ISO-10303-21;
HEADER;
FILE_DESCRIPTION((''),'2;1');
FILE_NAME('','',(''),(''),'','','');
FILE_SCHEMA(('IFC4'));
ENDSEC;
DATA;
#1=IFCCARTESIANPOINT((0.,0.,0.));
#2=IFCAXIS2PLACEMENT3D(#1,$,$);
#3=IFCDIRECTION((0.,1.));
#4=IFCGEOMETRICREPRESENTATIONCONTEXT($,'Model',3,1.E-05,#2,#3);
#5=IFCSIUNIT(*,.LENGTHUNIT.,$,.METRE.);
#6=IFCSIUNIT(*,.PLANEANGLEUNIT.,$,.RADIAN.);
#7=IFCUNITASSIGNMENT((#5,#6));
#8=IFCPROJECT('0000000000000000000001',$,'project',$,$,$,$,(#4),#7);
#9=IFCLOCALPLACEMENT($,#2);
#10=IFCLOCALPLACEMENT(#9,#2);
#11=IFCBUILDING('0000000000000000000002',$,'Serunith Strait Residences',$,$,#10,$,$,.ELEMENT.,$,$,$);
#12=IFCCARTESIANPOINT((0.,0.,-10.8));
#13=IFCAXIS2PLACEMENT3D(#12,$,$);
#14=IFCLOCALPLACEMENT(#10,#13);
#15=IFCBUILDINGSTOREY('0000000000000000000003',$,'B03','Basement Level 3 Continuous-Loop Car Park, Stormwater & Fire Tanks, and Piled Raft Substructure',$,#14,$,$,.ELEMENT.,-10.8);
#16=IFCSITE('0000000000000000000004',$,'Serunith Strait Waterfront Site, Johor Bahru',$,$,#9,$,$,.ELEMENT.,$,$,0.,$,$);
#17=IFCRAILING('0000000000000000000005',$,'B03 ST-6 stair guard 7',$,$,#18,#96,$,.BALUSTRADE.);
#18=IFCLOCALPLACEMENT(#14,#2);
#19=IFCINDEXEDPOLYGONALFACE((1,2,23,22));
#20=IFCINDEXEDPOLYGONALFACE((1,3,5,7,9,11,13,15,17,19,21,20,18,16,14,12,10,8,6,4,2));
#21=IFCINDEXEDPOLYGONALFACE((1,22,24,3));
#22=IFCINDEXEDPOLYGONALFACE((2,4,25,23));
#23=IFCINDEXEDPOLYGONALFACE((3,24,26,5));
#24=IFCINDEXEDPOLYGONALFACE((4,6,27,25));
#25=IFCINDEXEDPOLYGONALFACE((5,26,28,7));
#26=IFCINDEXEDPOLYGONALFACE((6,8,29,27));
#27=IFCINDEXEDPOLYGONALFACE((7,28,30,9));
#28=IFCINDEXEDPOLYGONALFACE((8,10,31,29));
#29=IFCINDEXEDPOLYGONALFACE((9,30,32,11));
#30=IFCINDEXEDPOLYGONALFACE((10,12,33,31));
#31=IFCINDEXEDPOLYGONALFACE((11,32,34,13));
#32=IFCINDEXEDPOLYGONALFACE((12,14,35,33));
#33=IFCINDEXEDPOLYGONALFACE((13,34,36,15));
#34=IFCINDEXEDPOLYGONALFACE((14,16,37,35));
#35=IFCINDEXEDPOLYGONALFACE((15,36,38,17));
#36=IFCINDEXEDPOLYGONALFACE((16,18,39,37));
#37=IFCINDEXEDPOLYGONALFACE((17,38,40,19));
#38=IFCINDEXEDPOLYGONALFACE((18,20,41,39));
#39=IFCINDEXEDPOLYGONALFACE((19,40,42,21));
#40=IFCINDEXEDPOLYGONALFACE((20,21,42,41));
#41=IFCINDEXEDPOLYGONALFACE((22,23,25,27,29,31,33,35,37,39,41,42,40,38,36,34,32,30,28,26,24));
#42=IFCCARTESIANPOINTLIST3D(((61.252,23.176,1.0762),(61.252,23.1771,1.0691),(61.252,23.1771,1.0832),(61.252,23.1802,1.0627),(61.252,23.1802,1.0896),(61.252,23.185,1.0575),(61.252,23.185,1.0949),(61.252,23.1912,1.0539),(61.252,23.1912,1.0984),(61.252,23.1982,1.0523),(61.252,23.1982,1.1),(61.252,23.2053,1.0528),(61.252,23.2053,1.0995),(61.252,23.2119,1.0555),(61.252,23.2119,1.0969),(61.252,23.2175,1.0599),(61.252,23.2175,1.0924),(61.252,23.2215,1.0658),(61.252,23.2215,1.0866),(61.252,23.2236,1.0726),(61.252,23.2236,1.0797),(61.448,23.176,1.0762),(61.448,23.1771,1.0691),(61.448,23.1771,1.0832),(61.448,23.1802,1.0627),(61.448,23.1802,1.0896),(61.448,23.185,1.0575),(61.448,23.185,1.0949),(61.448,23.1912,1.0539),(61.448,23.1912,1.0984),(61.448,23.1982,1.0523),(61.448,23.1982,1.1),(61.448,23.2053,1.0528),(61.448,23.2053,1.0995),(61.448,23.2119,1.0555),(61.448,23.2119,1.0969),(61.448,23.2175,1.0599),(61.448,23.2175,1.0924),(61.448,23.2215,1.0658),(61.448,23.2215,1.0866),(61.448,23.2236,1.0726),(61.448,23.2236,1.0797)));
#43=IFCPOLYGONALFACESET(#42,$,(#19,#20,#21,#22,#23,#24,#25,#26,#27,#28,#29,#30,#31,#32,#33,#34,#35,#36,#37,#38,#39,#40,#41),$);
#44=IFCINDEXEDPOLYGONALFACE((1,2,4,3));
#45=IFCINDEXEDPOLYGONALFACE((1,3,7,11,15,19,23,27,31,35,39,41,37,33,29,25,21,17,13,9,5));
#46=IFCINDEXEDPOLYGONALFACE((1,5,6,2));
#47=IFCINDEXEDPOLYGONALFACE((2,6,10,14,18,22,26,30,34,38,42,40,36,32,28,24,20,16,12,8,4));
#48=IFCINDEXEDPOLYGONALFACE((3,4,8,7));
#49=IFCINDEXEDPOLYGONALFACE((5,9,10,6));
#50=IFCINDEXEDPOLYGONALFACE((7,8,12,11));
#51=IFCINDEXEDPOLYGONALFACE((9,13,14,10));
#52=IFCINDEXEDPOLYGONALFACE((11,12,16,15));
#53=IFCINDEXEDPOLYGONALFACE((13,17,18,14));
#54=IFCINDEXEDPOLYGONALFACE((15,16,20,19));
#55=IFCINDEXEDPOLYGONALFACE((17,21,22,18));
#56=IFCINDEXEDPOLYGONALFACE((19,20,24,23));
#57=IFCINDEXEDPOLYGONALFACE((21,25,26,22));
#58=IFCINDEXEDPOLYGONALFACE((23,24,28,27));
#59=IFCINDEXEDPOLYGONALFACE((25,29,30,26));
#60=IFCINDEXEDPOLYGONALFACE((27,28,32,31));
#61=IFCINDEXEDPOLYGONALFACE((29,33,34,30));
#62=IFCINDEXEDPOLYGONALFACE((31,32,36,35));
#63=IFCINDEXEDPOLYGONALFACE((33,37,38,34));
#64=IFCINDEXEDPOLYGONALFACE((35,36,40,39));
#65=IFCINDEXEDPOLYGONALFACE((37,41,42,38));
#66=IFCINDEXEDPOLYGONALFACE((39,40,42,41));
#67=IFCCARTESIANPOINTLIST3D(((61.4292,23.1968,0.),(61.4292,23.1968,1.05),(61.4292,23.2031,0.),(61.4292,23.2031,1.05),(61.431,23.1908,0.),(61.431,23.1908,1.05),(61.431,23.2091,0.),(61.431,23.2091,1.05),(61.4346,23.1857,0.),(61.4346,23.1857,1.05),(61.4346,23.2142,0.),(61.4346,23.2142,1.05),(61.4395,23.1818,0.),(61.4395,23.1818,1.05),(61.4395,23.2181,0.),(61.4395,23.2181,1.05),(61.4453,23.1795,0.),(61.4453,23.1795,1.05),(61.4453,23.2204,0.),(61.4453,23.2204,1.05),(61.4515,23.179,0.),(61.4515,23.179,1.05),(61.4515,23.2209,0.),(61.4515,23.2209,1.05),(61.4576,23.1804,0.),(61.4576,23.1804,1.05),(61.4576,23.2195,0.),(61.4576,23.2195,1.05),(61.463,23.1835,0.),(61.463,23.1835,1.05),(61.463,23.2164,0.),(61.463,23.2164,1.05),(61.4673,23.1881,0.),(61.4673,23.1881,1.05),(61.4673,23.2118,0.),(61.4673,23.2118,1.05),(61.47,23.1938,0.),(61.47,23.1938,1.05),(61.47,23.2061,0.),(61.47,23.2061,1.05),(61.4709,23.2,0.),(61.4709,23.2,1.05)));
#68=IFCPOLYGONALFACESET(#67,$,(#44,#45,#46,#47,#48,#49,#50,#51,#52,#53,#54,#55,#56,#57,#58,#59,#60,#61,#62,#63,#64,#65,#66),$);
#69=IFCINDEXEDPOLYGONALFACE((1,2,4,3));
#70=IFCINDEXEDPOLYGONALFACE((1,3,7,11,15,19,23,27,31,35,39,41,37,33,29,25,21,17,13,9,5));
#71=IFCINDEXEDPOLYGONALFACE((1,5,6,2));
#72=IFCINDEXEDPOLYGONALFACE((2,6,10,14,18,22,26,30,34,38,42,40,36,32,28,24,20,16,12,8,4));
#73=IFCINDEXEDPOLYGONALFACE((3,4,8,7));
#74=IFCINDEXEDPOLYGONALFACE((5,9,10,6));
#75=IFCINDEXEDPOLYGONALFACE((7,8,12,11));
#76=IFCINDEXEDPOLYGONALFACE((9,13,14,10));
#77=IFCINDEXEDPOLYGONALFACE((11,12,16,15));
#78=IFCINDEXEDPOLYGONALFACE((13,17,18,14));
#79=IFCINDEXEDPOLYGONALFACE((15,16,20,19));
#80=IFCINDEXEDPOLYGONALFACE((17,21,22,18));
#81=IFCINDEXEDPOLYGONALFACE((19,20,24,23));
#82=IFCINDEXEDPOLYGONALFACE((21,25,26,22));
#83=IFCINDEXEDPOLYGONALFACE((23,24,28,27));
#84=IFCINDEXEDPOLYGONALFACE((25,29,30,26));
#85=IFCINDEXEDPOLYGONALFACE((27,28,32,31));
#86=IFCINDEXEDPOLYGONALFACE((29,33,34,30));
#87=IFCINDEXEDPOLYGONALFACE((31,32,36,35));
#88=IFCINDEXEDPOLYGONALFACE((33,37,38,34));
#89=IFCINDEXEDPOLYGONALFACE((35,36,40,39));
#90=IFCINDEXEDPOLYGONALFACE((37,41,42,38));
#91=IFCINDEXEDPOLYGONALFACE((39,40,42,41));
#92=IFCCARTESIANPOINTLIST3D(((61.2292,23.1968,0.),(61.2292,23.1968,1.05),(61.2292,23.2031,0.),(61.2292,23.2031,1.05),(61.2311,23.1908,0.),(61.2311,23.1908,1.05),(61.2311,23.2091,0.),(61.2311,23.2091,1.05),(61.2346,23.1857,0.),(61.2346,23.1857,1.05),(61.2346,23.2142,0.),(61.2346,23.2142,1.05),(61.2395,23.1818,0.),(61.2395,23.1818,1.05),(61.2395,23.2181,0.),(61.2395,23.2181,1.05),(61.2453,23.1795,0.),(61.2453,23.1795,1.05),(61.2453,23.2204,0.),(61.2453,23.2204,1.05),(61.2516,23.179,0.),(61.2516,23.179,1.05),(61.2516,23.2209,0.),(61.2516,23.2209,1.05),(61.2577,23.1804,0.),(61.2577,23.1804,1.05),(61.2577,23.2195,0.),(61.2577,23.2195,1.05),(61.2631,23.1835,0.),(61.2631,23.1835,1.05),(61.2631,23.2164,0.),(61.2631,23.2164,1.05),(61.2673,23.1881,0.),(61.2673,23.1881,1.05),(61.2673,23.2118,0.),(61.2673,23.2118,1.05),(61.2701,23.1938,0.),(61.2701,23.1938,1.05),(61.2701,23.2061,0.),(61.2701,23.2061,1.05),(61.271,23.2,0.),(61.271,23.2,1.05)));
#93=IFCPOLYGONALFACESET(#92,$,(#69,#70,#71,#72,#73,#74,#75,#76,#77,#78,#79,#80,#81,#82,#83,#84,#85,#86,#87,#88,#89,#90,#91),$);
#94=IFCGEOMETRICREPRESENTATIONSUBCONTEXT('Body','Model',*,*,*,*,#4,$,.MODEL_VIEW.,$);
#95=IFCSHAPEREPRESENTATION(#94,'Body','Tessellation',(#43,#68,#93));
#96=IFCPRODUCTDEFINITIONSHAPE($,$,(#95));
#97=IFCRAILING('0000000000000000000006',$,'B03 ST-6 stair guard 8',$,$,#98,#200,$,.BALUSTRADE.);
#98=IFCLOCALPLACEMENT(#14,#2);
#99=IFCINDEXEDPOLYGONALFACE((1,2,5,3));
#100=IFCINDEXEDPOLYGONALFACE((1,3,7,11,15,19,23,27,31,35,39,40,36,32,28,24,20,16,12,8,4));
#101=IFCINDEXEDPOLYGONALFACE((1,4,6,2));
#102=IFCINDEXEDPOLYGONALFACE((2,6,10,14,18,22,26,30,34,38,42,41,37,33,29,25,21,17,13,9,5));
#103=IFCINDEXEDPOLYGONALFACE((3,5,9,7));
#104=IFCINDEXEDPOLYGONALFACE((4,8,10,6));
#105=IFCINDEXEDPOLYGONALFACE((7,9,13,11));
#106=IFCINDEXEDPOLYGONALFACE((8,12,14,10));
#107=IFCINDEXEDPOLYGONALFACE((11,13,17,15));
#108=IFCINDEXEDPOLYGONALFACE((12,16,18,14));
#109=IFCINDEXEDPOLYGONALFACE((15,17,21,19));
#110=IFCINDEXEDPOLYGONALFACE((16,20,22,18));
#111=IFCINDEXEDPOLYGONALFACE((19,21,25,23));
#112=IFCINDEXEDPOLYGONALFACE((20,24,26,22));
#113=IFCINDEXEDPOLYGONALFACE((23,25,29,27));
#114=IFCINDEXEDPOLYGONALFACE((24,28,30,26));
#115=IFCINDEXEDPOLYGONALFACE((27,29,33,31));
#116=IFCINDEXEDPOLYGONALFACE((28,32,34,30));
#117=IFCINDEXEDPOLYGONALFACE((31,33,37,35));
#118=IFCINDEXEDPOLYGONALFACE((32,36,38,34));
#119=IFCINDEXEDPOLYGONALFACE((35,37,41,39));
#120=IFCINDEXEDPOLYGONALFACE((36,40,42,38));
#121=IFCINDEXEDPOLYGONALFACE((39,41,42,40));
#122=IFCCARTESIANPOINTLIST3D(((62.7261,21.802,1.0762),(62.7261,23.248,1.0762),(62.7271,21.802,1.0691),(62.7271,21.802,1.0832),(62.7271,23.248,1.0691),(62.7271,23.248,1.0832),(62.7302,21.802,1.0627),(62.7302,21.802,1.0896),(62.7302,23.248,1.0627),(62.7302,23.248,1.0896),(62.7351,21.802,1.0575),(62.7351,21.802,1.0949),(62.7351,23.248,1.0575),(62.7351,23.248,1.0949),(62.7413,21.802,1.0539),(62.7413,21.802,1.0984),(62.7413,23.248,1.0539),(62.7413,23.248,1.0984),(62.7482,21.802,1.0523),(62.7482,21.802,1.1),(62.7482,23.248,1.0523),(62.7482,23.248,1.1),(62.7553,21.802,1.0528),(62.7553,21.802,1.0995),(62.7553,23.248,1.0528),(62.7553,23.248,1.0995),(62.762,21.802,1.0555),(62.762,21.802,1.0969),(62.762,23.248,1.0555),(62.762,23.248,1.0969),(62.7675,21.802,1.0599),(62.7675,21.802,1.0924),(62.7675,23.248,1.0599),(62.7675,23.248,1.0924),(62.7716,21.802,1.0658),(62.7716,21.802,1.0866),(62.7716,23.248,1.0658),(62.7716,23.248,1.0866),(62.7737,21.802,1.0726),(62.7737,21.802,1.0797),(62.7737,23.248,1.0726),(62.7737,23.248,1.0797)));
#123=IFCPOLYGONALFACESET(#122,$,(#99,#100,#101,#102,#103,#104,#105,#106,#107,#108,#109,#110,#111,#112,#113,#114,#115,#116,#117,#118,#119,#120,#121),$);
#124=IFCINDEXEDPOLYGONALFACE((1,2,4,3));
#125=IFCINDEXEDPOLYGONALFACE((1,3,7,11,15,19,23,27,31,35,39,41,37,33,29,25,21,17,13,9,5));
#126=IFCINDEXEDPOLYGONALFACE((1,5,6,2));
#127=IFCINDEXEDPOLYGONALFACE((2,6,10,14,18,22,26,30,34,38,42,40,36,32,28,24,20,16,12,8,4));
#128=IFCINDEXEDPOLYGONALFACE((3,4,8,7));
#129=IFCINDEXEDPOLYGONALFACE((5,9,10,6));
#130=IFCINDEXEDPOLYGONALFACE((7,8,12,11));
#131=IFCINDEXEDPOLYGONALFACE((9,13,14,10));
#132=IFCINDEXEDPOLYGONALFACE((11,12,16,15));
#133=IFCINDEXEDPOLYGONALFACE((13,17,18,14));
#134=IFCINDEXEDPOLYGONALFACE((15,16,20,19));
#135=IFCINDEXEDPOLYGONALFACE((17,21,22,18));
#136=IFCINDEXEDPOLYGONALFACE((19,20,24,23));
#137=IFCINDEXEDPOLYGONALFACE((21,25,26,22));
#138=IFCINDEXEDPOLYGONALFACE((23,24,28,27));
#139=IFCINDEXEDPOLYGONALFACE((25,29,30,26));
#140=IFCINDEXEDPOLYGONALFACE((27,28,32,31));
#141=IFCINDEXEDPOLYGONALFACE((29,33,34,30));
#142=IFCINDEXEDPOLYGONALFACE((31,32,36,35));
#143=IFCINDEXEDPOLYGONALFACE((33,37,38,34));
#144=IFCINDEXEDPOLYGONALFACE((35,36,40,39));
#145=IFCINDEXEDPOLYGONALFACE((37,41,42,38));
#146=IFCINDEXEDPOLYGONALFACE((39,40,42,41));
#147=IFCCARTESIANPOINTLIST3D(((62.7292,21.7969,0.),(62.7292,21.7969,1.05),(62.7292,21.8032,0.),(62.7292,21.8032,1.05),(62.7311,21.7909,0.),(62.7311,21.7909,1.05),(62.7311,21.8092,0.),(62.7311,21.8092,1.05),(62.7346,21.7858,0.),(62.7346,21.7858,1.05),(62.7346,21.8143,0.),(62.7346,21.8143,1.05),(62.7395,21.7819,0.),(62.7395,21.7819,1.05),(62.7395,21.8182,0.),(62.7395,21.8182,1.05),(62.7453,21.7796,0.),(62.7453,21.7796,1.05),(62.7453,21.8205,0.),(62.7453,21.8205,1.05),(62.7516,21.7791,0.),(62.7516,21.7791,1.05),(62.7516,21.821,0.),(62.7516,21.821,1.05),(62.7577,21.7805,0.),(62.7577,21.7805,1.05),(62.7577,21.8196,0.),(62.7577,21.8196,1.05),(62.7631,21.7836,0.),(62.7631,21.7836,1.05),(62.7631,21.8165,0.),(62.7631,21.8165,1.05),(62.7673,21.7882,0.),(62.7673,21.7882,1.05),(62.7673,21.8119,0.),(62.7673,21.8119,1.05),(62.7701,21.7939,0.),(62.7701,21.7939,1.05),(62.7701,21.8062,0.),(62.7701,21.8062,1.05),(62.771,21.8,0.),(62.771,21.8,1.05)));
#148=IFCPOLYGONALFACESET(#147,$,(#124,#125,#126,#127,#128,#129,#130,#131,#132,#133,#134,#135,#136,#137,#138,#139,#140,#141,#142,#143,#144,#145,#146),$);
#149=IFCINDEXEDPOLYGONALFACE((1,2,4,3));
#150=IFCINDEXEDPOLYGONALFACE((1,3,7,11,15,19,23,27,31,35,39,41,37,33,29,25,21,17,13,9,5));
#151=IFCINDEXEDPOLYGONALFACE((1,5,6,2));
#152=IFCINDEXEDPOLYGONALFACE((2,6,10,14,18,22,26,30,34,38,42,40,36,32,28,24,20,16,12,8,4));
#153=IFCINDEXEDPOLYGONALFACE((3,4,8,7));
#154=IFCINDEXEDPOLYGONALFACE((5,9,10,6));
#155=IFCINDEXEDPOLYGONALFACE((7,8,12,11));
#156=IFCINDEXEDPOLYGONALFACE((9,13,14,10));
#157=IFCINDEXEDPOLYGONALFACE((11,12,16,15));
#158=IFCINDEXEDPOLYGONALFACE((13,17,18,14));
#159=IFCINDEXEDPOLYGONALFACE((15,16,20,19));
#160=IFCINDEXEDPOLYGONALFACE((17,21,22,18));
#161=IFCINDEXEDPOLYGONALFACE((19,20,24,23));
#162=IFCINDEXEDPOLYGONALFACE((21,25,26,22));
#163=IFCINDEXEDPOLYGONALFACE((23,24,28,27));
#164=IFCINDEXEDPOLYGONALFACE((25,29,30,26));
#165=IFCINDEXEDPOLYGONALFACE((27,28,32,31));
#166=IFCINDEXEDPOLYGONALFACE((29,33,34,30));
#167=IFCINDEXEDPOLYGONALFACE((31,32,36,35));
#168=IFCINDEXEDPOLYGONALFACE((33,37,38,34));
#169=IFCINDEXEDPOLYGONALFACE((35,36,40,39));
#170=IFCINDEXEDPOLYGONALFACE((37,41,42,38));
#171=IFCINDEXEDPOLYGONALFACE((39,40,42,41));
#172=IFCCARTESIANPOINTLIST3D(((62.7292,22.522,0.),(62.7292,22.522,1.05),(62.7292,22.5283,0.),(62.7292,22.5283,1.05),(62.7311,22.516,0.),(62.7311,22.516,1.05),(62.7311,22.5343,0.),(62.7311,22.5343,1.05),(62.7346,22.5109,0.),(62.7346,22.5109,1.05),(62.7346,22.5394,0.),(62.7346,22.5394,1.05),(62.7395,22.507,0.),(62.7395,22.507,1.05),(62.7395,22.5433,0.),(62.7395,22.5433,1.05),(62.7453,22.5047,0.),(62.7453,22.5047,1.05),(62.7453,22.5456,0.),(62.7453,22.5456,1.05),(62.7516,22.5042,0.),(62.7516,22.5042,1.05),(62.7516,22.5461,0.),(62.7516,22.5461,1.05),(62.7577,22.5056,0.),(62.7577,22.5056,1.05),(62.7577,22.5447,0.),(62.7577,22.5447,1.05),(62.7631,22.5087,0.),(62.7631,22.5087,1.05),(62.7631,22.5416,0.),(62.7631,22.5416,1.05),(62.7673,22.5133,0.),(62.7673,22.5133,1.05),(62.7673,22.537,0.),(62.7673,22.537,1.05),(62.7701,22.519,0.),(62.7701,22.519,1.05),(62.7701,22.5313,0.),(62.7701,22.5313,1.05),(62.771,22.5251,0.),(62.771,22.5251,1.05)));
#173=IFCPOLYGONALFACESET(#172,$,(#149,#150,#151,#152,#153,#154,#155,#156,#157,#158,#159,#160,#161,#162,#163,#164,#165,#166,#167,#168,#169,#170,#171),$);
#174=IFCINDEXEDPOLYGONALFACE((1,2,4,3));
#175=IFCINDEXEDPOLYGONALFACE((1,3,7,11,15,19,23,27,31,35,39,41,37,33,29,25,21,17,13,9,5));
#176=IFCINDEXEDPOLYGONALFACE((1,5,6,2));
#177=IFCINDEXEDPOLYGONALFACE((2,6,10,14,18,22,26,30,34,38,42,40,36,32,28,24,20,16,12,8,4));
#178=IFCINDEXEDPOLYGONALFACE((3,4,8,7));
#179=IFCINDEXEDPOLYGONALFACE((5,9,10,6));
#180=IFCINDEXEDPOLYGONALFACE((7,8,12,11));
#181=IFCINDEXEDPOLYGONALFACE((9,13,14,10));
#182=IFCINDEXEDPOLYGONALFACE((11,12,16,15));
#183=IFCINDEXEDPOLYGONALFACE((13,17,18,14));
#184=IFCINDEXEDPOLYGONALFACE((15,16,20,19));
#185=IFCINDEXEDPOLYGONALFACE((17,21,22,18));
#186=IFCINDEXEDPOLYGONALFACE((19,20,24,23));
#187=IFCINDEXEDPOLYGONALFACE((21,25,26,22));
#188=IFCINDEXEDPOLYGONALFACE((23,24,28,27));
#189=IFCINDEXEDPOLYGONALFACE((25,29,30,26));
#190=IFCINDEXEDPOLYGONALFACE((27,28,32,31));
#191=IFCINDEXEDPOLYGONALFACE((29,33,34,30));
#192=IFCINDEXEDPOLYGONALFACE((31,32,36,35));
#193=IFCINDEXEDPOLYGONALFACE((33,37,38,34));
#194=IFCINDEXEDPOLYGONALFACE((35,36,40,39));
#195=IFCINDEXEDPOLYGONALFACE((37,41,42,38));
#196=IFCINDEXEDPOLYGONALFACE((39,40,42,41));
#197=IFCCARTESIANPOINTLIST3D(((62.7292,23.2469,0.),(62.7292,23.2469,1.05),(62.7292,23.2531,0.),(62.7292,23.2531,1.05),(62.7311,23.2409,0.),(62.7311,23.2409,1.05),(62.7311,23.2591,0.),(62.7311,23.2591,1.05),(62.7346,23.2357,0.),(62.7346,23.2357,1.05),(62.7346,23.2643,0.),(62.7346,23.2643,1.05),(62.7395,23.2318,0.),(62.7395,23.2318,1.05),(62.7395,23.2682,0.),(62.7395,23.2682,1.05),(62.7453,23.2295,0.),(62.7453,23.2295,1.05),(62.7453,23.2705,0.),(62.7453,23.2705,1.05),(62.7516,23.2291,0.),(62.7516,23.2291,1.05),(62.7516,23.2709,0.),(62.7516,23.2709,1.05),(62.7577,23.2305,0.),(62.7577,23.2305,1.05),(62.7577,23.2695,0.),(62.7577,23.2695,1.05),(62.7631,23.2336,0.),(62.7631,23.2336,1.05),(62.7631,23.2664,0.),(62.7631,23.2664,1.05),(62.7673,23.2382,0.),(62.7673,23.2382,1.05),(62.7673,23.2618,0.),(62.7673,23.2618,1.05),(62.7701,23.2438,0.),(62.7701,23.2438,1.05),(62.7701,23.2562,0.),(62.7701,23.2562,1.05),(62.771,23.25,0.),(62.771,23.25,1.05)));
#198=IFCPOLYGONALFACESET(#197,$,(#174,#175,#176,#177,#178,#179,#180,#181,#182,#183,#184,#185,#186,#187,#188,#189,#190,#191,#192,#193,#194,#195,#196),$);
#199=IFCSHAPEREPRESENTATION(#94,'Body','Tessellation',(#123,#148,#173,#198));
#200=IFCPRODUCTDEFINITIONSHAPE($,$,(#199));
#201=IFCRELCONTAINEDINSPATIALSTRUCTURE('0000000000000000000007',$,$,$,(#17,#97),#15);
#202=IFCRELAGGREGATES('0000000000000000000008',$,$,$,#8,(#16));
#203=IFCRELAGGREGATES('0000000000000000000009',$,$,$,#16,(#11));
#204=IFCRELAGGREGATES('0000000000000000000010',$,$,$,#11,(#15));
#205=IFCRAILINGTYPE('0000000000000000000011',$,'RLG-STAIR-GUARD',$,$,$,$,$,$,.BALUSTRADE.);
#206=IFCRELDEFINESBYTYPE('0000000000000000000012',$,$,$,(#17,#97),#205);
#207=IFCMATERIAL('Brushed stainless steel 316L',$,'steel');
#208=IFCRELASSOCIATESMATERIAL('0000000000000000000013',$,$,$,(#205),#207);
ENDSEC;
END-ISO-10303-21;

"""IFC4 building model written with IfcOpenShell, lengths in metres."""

from ifc_helpers import new_model, si_unit, direction, frame, origin, origin_2d, place, context, subcontext, project, spatial, circle, extrude, material, type_object, element, save


model = new_model("IFC4")

# Units and contexts
model_context = context("Model", 3, precision=1e-05, world=origin(), true_north=direction((0.0, 1.0)))
body_context = subcontext(model_context, "Body", "Model", "MODEL_VIEW")
ifc_project = project(units=[si_unit("LENGTHUNIT", "METRE"), si_unit("PLANEANGLEUNIT", "RADIAN")], contexts=[model_context])

# Site, building, storey
site_placement = place(None, origin())
site = spatial("IfcSite", under=ifc_project, at=site_placement, Name="Serunith Strait Waterfront Site, Johor Bahru", CompositionType="ELEMENT", RefElevation=0.0)
building_placement = place(site_placement, origin())
building = spatial("IfcBuilding", under=site, at=building_placement, Name="Serunith Strait Residences", CompositionType="ELEMENT")
storey_placement = place(building_placement, frame((0.0, 0.0, -10.8)))
storey = spatial("IfcBuildingStorey", under=building, at=storey_placement, Name="B03", Description="Basement Level 3 Continuous-Loop Car Park, Stormwater & Fire Tanks, and Piled Raft Substructure", CompositionType="ELEMENT", Elevation=-10.8)

# Railings
ifc_material_1 = material(Name="Brushed stainless steel 316L", Category="steel")
railing_type_1 = type_object("IfcRailingType", Name="RLG-STAIR-GUARD", PredefinedType="BALUSTRADE", material=ifc_material_1)
railing_1_placement = place(storey_placement, frame((61.45, 23.2, 0.0)))
element("IfcRailing", 1, at=railing_1_placement, inside=storey, type_object=railing_type_1, Name="B03 ST-6 stair guard 7", PredefinedType="BALUSTRADE", context=body_context, shape_type="SweptSolid", body=[
    extrude(circle(Radius=0.0239, at=origin_2d()), frame((-0.002, 0.0, 1.0762), z_axis=(-1.0, 0.0, 0.0), x_axis=(0.0, -1.0, 0.0)), (0.0, 0.0, 1.0), 0.196),
    extrude(circle(Radius=0.021, at=origin_2d()), origin(), (0.0, 0.0, 1.0), 1.05),
    extrude(circle(Radius=0.021, at=origin_2d()), frame((-0.2, 0.0, 0.0)), (0.0, 0.0, 1.0), 1.05),
])
for number, where, name in (
    (2, (62.75, 21.8, 0.0), "B03 ST-6 stair guard 8"),
):
    element("IfcRailing", number, at=place(storey_placement, frame(where)), inside=storey, type_object=railing_type_1, Name=name, PredefinedType="BALUSTRADE", context=body_context, shape_type="SweptSolid", body=[
        extrude(circle(Radius=0.0239, at=origin_2d()), frame((0.0, 0.002, 1.0762), z_axis=(0.0, 1.0, 0.0), x_axis=(-1.0, 0.0, 0.0)), (0.0, 0.0, 1.0), 1.446),
        extrude(circle(Radius=0.021, at=origin_2d()), origin(), (0.0, 0.0, 1.0), 1.05),
        extrude(circle(Radius=0.021, at=origin_2d()), frame((0.0, 0.7251, 0.0)), (0.0, 0.0, 1.0), 1.05),
        extrude(circle(Radius=0.021, at=origin_2d()), frame((0.0, 1.45, 0.0)), (0.0, 0.0, 1.0), 1.05),
    ])

save(model, "model.ifc")
